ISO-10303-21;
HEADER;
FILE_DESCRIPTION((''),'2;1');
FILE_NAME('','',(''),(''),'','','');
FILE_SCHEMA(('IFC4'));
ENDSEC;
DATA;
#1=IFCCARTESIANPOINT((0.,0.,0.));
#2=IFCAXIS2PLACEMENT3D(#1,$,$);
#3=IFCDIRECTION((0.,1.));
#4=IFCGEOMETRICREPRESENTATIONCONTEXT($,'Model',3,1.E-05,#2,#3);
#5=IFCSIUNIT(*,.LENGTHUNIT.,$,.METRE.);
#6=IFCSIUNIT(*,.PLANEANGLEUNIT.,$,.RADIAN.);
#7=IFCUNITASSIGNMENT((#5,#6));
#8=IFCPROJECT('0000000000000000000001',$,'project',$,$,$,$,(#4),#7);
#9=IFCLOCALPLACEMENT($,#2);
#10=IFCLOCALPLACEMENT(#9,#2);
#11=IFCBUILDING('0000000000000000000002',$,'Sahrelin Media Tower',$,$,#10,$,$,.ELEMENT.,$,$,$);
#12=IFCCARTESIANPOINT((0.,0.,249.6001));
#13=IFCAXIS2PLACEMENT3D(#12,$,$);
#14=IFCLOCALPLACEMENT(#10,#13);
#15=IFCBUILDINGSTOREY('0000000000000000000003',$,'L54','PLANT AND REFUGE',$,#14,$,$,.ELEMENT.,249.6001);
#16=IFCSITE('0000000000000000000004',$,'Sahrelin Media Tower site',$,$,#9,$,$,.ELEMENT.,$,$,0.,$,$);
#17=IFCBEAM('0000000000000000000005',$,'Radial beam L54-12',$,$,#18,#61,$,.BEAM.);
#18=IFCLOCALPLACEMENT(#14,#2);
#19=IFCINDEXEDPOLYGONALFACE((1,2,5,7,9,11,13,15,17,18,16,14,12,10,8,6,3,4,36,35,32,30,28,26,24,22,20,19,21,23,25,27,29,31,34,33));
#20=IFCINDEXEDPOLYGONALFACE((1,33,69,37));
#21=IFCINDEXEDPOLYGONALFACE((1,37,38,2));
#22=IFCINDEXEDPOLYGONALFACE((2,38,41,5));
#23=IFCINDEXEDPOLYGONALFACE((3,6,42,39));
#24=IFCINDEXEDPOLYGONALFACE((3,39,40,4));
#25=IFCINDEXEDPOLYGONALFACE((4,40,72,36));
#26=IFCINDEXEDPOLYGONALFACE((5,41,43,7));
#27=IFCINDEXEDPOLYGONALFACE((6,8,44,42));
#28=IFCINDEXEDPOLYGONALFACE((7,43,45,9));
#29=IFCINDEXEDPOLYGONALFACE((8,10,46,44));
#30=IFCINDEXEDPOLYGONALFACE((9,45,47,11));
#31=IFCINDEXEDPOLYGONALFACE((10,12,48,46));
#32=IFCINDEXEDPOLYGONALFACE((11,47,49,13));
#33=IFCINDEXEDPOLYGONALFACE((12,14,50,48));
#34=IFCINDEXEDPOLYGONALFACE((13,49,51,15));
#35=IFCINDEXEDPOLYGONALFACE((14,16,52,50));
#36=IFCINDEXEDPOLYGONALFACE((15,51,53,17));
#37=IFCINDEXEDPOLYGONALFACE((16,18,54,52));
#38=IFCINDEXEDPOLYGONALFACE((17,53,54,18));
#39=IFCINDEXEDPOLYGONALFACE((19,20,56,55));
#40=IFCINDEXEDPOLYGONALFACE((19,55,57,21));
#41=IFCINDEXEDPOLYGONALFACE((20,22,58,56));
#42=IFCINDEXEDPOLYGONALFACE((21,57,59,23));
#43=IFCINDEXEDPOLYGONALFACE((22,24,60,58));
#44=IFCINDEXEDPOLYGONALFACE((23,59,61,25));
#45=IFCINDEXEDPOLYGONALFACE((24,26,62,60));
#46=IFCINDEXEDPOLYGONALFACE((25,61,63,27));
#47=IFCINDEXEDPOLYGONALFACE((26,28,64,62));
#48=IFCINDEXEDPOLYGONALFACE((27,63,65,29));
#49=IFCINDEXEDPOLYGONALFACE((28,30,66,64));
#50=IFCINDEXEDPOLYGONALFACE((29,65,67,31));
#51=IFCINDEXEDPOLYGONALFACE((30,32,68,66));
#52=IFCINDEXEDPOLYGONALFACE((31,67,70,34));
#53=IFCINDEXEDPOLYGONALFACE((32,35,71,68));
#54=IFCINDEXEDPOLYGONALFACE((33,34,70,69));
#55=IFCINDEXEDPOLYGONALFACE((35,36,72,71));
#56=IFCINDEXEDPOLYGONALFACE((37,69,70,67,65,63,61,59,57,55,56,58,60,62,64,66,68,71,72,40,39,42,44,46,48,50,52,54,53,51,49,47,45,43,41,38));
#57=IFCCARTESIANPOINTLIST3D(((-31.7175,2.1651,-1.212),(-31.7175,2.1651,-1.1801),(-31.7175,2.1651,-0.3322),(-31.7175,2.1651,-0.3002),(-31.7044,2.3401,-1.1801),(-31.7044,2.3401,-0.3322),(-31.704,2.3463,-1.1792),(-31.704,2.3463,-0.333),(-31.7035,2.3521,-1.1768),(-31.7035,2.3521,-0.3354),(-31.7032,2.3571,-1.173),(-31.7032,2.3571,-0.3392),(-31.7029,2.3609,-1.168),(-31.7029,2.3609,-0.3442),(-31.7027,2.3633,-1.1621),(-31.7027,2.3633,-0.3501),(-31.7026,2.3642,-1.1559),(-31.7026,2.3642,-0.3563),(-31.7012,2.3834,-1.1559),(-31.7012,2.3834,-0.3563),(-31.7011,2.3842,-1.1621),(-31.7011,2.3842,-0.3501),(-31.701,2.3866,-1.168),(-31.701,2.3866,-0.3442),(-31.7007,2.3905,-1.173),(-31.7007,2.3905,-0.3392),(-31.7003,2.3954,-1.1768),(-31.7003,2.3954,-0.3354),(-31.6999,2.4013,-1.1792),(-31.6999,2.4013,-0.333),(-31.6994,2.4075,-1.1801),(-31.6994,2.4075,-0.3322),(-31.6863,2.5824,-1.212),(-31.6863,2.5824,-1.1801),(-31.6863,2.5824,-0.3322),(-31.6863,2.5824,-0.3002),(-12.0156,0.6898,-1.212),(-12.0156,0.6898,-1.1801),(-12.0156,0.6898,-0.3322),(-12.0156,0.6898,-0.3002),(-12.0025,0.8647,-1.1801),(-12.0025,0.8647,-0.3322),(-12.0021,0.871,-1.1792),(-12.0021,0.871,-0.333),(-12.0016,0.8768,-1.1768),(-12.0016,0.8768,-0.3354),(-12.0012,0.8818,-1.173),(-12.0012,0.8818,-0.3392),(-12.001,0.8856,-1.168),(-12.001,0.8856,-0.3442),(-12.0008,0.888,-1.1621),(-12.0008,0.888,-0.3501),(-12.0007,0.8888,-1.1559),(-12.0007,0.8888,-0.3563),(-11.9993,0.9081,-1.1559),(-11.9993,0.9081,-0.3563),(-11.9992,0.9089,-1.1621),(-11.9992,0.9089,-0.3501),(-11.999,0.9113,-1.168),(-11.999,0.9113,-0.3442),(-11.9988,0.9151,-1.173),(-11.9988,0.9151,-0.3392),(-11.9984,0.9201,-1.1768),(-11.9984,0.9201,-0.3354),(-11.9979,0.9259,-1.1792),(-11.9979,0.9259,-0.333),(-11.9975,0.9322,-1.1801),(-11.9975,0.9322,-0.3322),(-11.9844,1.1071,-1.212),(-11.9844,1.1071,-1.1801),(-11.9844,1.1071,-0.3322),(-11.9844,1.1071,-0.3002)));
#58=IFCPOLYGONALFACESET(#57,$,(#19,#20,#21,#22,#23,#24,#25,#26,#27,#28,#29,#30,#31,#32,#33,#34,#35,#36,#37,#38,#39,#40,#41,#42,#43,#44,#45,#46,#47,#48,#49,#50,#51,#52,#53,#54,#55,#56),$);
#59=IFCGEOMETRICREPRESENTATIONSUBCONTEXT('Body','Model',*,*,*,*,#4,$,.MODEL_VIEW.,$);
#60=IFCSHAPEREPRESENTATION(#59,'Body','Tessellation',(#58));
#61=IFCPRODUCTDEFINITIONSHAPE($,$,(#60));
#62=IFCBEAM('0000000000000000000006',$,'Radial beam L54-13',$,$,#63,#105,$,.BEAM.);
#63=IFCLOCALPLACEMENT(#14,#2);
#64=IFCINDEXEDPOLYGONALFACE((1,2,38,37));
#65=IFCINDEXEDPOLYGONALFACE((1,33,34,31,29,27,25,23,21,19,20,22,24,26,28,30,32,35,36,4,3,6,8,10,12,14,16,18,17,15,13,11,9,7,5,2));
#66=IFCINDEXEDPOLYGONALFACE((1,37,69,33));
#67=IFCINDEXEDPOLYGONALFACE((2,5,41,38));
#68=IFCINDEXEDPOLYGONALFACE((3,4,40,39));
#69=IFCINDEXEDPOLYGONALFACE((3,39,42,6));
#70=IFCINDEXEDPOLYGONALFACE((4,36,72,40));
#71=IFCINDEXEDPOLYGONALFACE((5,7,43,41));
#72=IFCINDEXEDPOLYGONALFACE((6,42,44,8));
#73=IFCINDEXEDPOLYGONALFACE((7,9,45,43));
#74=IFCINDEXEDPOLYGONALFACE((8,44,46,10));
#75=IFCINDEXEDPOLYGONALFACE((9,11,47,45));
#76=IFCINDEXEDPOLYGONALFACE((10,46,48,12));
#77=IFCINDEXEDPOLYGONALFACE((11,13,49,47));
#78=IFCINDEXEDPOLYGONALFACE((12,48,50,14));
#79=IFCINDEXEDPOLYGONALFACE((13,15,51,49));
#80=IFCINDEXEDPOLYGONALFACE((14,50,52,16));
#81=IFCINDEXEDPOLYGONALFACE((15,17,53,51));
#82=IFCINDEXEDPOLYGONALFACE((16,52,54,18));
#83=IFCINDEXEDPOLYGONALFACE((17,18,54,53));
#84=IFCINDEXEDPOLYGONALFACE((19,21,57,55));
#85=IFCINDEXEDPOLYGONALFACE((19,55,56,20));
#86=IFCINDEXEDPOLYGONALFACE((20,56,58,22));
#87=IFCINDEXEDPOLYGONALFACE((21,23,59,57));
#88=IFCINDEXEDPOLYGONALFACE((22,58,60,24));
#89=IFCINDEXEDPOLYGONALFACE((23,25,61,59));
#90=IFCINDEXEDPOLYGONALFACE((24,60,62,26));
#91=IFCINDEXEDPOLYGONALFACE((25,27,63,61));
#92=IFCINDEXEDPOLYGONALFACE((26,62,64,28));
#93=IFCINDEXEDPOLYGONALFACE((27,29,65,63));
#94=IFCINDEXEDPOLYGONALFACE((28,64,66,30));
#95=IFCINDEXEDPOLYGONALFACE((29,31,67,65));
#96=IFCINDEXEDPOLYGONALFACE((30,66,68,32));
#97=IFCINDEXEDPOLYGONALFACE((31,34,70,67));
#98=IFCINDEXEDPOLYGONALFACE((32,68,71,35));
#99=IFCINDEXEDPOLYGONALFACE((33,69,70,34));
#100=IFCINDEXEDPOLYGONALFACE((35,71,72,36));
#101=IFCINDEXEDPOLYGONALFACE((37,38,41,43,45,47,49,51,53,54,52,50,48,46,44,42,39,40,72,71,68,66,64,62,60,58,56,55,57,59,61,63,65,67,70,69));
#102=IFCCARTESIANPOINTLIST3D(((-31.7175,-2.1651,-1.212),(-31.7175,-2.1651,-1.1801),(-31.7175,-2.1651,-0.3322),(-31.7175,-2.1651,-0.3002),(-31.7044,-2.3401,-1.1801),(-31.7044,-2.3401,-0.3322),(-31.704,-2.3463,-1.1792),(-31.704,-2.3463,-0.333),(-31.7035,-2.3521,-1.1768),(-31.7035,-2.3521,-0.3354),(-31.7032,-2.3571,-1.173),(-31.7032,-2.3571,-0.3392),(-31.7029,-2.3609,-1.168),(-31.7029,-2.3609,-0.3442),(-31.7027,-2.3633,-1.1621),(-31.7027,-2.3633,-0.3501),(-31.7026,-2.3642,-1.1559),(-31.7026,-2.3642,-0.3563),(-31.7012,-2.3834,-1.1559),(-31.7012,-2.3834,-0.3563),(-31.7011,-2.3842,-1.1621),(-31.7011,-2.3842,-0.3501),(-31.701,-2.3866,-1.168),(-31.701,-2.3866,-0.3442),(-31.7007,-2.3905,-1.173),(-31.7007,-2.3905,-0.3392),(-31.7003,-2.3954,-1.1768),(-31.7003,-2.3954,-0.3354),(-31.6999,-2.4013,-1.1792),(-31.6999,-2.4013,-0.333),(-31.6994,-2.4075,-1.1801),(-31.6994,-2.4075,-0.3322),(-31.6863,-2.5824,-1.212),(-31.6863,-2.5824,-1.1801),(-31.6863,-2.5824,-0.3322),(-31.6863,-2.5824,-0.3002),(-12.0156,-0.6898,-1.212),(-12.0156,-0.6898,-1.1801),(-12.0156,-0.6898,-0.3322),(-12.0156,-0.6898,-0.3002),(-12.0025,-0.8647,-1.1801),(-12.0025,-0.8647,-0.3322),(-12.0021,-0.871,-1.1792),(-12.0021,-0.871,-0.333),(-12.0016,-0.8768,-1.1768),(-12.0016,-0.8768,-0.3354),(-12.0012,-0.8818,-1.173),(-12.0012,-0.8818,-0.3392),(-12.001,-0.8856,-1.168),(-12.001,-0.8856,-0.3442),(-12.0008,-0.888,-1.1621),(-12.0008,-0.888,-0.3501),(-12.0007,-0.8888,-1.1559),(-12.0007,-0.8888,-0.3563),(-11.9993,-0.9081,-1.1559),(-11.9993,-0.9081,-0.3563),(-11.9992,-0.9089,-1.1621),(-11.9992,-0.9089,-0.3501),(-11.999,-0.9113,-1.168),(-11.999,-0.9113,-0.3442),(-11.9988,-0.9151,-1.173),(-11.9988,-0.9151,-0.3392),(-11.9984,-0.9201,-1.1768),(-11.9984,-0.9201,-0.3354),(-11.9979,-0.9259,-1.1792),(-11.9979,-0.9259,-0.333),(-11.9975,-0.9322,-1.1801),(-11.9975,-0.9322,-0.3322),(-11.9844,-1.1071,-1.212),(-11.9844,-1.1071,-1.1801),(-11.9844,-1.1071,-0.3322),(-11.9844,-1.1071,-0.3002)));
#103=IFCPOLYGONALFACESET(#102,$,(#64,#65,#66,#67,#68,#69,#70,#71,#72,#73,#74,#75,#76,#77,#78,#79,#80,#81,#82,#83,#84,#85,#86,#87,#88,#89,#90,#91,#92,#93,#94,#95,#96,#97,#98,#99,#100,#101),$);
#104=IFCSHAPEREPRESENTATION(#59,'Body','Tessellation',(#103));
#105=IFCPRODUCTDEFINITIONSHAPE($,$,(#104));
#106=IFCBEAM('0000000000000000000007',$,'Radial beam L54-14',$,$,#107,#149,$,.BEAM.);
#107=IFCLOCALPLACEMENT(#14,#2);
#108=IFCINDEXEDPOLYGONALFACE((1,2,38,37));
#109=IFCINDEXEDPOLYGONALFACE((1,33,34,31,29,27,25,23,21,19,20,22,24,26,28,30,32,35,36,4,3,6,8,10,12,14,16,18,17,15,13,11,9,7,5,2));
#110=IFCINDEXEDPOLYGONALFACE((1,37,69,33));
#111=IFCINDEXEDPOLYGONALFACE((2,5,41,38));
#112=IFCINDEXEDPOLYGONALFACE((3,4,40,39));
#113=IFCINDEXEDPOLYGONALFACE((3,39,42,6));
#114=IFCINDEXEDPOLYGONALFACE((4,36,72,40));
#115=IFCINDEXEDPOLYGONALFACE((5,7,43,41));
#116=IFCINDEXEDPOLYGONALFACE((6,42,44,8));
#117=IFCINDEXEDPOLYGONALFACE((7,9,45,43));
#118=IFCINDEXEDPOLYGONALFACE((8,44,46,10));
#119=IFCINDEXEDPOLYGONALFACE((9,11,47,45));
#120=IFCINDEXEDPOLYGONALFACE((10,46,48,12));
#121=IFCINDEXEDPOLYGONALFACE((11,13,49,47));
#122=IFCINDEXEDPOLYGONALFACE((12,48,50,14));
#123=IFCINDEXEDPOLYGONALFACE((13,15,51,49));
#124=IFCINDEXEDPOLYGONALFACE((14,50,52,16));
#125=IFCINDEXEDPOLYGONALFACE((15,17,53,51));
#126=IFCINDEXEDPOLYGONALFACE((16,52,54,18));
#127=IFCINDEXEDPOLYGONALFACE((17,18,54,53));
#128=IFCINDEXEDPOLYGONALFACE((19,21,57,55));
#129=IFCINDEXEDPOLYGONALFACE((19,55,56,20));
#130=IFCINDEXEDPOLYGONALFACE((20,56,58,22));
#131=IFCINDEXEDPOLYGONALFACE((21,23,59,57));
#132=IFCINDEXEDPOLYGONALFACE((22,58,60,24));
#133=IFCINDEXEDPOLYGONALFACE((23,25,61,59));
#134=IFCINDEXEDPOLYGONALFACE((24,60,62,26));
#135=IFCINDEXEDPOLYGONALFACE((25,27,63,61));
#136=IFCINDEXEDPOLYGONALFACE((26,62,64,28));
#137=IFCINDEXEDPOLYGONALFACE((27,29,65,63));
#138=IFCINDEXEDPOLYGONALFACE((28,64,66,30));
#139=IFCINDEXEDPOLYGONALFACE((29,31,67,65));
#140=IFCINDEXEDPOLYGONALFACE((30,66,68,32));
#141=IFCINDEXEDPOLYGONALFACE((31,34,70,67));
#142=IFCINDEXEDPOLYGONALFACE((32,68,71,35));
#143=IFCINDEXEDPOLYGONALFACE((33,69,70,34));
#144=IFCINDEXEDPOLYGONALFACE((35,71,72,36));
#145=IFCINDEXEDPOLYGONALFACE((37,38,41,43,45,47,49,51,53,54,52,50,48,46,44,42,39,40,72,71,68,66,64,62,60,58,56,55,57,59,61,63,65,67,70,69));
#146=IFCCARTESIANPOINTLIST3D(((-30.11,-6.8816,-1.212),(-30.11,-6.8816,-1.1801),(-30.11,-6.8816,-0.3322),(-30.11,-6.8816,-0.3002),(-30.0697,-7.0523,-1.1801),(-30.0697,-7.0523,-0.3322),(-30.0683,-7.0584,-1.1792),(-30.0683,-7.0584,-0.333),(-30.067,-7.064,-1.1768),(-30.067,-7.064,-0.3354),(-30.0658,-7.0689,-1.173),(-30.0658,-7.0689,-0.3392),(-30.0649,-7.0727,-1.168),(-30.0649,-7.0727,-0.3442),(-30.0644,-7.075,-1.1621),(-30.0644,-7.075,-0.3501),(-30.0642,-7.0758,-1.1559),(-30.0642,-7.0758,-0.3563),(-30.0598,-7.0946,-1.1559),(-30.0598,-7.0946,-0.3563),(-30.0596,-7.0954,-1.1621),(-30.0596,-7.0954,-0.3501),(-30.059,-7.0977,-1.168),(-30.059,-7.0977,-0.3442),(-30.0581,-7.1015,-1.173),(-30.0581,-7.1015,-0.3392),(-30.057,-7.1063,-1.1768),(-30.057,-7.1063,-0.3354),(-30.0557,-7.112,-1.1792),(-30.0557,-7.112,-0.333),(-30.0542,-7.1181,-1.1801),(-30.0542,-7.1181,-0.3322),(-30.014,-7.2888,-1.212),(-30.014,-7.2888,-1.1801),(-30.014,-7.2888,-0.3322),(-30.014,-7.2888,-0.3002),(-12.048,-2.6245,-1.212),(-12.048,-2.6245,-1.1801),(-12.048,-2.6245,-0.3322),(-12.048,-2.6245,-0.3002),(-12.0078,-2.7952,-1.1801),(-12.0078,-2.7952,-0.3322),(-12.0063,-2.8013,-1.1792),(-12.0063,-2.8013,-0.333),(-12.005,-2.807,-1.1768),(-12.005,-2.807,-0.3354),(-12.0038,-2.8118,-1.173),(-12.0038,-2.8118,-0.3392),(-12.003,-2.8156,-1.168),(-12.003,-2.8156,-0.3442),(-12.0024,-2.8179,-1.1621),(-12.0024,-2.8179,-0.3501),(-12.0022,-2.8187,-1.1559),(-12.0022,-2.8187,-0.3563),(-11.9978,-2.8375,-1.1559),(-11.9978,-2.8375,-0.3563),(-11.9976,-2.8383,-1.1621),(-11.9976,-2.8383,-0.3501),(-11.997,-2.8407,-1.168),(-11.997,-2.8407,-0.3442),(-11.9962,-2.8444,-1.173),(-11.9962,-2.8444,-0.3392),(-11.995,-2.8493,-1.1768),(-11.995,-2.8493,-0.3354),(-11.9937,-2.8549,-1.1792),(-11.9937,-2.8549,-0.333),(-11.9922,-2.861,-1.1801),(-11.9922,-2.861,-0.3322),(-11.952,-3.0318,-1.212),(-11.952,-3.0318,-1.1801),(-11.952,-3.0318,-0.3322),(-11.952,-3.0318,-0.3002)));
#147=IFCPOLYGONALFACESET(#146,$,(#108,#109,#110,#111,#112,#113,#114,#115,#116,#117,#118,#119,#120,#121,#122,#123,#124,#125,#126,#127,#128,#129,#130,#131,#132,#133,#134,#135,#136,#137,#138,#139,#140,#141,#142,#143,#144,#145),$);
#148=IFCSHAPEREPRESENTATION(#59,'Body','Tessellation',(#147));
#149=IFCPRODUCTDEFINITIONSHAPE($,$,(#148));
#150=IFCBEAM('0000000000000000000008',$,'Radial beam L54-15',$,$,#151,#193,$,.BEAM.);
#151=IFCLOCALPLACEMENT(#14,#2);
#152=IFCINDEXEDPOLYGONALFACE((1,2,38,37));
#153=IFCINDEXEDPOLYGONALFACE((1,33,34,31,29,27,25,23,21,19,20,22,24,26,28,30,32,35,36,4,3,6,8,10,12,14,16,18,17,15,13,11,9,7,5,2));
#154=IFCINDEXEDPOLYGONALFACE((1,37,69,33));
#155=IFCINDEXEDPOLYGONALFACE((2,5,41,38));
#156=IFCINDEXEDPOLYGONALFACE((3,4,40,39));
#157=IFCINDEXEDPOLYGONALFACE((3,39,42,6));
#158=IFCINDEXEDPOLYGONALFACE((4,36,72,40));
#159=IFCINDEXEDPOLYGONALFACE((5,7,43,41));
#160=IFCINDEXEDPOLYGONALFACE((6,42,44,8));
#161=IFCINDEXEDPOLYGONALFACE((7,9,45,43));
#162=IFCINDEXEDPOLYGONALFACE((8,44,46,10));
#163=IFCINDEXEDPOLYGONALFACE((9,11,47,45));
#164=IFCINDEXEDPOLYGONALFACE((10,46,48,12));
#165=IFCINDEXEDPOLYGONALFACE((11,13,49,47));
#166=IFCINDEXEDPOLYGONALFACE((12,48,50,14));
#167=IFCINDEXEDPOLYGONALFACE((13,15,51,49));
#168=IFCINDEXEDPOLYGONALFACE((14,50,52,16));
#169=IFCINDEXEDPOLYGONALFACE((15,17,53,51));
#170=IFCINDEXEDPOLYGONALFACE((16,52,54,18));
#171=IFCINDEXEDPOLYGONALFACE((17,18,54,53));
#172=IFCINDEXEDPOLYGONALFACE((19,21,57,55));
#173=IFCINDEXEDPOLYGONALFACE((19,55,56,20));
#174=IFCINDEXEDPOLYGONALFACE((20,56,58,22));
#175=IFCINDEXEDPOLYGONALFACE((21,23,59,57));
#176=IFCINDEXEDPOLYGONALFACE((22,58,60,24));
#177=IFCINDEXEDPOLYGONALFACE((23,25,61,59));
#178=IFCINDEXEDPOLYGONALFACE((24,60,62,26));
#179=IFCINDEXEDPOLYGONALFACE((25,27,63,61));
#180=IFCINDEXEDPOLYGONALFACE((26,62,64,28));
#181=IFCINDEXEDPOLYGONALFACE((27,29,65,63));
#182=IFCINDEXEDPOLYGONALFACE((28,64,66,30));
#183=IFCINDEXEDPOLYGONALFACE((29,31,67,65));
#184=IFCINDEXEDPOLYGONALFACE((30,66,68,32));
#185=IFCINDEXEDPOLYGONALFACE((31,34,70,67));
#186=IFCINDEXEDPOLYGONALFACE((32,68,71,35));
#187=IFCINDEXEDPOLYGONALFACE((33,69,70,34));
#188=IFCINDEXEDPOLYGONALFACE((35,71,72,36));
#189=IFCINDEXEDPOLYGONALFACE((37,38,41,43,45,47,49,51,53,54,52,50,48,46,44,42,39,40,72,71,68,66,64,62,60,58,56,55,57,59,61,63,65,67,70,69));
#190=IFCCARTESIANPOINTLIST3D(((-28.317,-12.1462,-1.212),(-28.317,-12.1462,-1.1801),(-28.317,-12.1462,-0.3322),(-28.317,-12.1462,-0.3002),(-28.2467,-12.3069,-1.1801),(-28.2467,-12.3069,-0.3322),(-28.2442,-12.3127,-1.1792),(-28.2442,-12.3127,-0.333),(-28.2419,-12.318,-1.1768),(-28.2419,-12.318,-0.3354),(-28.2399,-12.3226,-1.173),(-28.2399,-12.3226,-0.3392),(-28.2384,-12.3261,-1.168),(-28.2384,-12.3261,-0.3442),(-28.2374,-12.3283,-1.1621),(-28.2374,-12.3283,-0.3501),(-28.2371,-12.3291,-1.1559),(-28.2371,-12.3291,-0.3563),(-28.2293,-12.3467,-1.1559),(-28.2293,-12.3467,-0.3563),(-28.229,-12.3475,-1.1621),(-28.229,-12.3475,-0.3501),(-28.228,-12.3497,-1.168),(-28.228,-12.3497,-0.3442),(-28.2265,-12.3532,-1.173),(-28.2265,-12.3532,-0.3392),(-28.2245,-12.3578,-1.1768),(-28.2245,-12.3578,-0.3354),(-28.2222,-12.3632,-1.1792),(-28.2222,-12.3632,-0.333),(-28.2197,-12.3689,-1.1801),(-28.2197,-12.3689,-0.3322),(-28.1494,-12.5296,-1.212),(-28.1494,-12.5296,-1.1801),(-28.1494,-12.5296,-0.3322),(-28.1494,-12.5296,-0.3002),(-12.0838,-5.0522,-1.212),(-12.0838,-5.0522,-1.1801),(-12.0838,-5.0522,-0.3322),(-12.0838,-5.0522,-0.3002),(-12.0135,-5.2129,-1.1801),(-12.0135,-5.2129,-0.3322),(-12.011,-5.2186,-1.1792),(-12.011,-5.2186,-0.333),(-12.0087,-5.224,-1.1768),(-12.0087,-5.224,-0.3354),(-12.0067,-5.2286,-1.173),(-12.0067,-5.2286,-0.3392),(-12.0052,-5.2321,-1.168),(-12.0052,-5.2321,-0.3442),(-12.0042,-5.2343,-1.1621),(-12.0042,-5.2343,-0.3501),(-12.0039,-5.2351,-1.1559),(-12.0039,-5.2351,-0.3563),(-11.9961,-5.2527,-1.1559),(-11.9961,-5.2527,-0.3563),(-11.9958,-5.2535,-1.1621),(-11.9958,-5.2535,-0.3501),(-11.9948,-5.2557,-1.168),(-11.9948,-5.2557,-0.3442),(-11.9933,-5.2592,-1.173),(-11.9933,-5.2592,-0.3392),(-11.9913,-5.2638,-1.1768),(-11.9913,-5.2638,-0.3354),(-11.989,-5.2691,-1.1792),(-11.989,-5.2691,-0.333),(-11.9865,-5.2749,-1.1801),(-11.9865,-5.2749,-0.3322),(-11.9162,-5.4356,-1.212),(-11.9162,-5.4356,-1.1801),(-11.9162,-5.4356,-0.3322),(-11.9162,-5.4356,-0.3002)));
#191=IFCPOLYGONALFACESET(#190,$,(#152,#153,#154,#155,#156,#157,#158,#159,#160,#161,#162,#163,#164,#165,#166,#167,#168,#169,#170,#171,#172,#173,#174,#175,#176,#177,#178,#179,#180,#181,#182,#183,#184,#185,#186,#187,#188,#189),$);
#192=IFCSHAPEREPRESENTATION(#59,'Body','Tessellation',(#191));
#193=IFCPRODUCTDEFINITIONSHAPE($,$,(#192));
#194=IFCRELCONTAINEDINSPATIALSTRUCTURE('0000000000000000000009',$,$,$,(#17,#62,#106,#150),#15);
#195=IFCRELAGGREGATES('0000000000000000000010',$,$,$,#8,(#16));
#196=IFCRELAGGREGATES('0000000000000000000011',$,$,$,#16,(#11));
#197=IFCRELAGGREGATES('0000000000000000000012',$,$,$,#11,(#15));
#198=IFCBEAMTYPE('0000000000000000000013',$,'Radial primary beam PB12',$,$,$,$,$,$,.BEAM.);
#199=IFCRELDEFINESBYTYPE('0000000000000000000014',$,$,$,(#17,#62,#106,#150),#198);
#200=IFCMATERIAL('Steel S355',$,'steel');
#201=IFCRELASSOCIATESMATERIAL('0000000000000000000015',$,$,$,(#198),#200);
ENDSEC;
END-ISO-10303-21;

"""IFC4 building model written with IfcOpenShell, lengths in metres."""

from ifc_helpers import new_model, si_unit, direction, frame, origin, origin_2d, place, context, subcontext, project, spatial, i_section, extrude, material, material_profile, profile_set, type_object, element, save


model = new_model("IFC4")

# Units and contexts
model_context = context("Model", 3, precision=1e-05, world=origin(), true_north=direction((0.0, 1.0)))
body_context = subcontext(model_context, "Body", "Model", "MODEL_VIEW")
ifc_project = project(units=[si_unit("LENGTHUNIT", "METRE"), si_unit("PLANEANGLEUNIT", "RADIAN")], contexts=[model_context])

# Site, building, storey
site_placement = place(None, origin())
site = spatial("IfcSite", under=ifc_project, at=site_placement, Name="Sahrelin Media Tower site", CompositionType="ELEMENT", RefElevation=0.0)
building_placement = place(site_placement, origin())
building = spatial("IfcBuilding", under=site, at=building_placement, Name="Sahrelin Media Tower", CompositionType="ELEMENT")
storey_placement = place(building_placement, frame((0.0, 0.0, 249.6001)))
storey = spatial("IfcBuildingStorey", under=building, at=storey_placement, Name="L54", Description="PLANT AND REFUGE", CompositionType="ELEMENT", Elevation=249.6001)

# Beams
ifc_material_1 = material(Name="Steel S355", Category="steel")
ifc_material_profile_1 = material_profile(ifc_material_1, i_section(OverallWidth=0.4185, OverallDepth=0.9119, WebThickness=0.0193, FlangeThickness=0.032, FilletRadius=0.0242, at=origin_2d()), Name="UB 914x419x343")
ifc_profile_set_1 = profile_set([ifc_material_profile_1], Name="Steel S355")
beam_type_1 = type_object("IfcBeamType", Name="Radial primary beam PB12", PredefinedType="BEAM", material=ifc_profile_set_1)
for number, where, z_axis, x_axis, name in (
    (1, (-12.0, 0.8984, -0.7561), (-0.997208, 0.074674, 0.0), (-0.074674, -0.997208, 0.0), "Radial beam L54-12"),
    (2, (-12.0, -0.8984, -0.7561), (-0.997208, -0.074674, 0.0), (0.074674, -0.997208, 0.0), "Radial beam L54-13"),
):
    element("IfcBeam", number, at=place(storey_placement, frame(where, z_axis=z_axis, x_axis=x_axis)), inside=storey, type_object=beam_type_1, Name=name, PredefinedType="BEAM", context=body_context, shape_type="SweptSolid", body=[
        extrude(i_section(OverallWidth=0.4185, OverallDepth=0.9119, WebThickness=0.0193, FlangeThickness=0.032, FilletRadius=0.0242, at=origin_2d()), origin(), (0.0, 0.0, 1.0), 19.7571),
    ])
beam_1_placement = place(storey_placement, frame((-12.0, -2.8281, -0.7561), z_axis=(-0.973331, -0.229407, 0.0), x_axis=(0.229407, -0.973331, 0.0)))
element("IfcBeam", 3, at=beam_1_placement, inside=storey, type_object=beam_type_1, Name="Radial beam L54-14", PredefinedType="BEAM", context=body_context, shape_type="SweptSolid", body=[
    extrude(i_section(OverallWidth=0.4185, OverallDepth=0.9119, WebThickness=0.0193, FlangeThickness=0.032, FilletRadius=0.0242, at=origin_2d()), origin(), (0.0, 0.0, 1.0), 18.5569),
])
beam_2_placement = place(storey_placement, frame((-12.0, -5.2439, -0.7561), z_axis=(-0.916323, -0.400439, 0.0), x_axis=(0.400439, -0.916323, 0.0)))
element("IfcBeam", 4, at=beam_2_placement, inside=storey, type_object=beam_type_1, Name="Radial beam L54-15", PredefinedType="BEAM", context=body_context, shape_type="SweptSolid", body=[
    extrude(i_section(OverallWidth=0.4185, OverallDepth=0.9119, WebThickness=0.0193, FlangeThickness=0.032, FilletRadius=0.0242, at=origin_2d()), origin(), (0.0, 0.0, 1.0), 17.7156),
])

save(model, "model.ifc")
